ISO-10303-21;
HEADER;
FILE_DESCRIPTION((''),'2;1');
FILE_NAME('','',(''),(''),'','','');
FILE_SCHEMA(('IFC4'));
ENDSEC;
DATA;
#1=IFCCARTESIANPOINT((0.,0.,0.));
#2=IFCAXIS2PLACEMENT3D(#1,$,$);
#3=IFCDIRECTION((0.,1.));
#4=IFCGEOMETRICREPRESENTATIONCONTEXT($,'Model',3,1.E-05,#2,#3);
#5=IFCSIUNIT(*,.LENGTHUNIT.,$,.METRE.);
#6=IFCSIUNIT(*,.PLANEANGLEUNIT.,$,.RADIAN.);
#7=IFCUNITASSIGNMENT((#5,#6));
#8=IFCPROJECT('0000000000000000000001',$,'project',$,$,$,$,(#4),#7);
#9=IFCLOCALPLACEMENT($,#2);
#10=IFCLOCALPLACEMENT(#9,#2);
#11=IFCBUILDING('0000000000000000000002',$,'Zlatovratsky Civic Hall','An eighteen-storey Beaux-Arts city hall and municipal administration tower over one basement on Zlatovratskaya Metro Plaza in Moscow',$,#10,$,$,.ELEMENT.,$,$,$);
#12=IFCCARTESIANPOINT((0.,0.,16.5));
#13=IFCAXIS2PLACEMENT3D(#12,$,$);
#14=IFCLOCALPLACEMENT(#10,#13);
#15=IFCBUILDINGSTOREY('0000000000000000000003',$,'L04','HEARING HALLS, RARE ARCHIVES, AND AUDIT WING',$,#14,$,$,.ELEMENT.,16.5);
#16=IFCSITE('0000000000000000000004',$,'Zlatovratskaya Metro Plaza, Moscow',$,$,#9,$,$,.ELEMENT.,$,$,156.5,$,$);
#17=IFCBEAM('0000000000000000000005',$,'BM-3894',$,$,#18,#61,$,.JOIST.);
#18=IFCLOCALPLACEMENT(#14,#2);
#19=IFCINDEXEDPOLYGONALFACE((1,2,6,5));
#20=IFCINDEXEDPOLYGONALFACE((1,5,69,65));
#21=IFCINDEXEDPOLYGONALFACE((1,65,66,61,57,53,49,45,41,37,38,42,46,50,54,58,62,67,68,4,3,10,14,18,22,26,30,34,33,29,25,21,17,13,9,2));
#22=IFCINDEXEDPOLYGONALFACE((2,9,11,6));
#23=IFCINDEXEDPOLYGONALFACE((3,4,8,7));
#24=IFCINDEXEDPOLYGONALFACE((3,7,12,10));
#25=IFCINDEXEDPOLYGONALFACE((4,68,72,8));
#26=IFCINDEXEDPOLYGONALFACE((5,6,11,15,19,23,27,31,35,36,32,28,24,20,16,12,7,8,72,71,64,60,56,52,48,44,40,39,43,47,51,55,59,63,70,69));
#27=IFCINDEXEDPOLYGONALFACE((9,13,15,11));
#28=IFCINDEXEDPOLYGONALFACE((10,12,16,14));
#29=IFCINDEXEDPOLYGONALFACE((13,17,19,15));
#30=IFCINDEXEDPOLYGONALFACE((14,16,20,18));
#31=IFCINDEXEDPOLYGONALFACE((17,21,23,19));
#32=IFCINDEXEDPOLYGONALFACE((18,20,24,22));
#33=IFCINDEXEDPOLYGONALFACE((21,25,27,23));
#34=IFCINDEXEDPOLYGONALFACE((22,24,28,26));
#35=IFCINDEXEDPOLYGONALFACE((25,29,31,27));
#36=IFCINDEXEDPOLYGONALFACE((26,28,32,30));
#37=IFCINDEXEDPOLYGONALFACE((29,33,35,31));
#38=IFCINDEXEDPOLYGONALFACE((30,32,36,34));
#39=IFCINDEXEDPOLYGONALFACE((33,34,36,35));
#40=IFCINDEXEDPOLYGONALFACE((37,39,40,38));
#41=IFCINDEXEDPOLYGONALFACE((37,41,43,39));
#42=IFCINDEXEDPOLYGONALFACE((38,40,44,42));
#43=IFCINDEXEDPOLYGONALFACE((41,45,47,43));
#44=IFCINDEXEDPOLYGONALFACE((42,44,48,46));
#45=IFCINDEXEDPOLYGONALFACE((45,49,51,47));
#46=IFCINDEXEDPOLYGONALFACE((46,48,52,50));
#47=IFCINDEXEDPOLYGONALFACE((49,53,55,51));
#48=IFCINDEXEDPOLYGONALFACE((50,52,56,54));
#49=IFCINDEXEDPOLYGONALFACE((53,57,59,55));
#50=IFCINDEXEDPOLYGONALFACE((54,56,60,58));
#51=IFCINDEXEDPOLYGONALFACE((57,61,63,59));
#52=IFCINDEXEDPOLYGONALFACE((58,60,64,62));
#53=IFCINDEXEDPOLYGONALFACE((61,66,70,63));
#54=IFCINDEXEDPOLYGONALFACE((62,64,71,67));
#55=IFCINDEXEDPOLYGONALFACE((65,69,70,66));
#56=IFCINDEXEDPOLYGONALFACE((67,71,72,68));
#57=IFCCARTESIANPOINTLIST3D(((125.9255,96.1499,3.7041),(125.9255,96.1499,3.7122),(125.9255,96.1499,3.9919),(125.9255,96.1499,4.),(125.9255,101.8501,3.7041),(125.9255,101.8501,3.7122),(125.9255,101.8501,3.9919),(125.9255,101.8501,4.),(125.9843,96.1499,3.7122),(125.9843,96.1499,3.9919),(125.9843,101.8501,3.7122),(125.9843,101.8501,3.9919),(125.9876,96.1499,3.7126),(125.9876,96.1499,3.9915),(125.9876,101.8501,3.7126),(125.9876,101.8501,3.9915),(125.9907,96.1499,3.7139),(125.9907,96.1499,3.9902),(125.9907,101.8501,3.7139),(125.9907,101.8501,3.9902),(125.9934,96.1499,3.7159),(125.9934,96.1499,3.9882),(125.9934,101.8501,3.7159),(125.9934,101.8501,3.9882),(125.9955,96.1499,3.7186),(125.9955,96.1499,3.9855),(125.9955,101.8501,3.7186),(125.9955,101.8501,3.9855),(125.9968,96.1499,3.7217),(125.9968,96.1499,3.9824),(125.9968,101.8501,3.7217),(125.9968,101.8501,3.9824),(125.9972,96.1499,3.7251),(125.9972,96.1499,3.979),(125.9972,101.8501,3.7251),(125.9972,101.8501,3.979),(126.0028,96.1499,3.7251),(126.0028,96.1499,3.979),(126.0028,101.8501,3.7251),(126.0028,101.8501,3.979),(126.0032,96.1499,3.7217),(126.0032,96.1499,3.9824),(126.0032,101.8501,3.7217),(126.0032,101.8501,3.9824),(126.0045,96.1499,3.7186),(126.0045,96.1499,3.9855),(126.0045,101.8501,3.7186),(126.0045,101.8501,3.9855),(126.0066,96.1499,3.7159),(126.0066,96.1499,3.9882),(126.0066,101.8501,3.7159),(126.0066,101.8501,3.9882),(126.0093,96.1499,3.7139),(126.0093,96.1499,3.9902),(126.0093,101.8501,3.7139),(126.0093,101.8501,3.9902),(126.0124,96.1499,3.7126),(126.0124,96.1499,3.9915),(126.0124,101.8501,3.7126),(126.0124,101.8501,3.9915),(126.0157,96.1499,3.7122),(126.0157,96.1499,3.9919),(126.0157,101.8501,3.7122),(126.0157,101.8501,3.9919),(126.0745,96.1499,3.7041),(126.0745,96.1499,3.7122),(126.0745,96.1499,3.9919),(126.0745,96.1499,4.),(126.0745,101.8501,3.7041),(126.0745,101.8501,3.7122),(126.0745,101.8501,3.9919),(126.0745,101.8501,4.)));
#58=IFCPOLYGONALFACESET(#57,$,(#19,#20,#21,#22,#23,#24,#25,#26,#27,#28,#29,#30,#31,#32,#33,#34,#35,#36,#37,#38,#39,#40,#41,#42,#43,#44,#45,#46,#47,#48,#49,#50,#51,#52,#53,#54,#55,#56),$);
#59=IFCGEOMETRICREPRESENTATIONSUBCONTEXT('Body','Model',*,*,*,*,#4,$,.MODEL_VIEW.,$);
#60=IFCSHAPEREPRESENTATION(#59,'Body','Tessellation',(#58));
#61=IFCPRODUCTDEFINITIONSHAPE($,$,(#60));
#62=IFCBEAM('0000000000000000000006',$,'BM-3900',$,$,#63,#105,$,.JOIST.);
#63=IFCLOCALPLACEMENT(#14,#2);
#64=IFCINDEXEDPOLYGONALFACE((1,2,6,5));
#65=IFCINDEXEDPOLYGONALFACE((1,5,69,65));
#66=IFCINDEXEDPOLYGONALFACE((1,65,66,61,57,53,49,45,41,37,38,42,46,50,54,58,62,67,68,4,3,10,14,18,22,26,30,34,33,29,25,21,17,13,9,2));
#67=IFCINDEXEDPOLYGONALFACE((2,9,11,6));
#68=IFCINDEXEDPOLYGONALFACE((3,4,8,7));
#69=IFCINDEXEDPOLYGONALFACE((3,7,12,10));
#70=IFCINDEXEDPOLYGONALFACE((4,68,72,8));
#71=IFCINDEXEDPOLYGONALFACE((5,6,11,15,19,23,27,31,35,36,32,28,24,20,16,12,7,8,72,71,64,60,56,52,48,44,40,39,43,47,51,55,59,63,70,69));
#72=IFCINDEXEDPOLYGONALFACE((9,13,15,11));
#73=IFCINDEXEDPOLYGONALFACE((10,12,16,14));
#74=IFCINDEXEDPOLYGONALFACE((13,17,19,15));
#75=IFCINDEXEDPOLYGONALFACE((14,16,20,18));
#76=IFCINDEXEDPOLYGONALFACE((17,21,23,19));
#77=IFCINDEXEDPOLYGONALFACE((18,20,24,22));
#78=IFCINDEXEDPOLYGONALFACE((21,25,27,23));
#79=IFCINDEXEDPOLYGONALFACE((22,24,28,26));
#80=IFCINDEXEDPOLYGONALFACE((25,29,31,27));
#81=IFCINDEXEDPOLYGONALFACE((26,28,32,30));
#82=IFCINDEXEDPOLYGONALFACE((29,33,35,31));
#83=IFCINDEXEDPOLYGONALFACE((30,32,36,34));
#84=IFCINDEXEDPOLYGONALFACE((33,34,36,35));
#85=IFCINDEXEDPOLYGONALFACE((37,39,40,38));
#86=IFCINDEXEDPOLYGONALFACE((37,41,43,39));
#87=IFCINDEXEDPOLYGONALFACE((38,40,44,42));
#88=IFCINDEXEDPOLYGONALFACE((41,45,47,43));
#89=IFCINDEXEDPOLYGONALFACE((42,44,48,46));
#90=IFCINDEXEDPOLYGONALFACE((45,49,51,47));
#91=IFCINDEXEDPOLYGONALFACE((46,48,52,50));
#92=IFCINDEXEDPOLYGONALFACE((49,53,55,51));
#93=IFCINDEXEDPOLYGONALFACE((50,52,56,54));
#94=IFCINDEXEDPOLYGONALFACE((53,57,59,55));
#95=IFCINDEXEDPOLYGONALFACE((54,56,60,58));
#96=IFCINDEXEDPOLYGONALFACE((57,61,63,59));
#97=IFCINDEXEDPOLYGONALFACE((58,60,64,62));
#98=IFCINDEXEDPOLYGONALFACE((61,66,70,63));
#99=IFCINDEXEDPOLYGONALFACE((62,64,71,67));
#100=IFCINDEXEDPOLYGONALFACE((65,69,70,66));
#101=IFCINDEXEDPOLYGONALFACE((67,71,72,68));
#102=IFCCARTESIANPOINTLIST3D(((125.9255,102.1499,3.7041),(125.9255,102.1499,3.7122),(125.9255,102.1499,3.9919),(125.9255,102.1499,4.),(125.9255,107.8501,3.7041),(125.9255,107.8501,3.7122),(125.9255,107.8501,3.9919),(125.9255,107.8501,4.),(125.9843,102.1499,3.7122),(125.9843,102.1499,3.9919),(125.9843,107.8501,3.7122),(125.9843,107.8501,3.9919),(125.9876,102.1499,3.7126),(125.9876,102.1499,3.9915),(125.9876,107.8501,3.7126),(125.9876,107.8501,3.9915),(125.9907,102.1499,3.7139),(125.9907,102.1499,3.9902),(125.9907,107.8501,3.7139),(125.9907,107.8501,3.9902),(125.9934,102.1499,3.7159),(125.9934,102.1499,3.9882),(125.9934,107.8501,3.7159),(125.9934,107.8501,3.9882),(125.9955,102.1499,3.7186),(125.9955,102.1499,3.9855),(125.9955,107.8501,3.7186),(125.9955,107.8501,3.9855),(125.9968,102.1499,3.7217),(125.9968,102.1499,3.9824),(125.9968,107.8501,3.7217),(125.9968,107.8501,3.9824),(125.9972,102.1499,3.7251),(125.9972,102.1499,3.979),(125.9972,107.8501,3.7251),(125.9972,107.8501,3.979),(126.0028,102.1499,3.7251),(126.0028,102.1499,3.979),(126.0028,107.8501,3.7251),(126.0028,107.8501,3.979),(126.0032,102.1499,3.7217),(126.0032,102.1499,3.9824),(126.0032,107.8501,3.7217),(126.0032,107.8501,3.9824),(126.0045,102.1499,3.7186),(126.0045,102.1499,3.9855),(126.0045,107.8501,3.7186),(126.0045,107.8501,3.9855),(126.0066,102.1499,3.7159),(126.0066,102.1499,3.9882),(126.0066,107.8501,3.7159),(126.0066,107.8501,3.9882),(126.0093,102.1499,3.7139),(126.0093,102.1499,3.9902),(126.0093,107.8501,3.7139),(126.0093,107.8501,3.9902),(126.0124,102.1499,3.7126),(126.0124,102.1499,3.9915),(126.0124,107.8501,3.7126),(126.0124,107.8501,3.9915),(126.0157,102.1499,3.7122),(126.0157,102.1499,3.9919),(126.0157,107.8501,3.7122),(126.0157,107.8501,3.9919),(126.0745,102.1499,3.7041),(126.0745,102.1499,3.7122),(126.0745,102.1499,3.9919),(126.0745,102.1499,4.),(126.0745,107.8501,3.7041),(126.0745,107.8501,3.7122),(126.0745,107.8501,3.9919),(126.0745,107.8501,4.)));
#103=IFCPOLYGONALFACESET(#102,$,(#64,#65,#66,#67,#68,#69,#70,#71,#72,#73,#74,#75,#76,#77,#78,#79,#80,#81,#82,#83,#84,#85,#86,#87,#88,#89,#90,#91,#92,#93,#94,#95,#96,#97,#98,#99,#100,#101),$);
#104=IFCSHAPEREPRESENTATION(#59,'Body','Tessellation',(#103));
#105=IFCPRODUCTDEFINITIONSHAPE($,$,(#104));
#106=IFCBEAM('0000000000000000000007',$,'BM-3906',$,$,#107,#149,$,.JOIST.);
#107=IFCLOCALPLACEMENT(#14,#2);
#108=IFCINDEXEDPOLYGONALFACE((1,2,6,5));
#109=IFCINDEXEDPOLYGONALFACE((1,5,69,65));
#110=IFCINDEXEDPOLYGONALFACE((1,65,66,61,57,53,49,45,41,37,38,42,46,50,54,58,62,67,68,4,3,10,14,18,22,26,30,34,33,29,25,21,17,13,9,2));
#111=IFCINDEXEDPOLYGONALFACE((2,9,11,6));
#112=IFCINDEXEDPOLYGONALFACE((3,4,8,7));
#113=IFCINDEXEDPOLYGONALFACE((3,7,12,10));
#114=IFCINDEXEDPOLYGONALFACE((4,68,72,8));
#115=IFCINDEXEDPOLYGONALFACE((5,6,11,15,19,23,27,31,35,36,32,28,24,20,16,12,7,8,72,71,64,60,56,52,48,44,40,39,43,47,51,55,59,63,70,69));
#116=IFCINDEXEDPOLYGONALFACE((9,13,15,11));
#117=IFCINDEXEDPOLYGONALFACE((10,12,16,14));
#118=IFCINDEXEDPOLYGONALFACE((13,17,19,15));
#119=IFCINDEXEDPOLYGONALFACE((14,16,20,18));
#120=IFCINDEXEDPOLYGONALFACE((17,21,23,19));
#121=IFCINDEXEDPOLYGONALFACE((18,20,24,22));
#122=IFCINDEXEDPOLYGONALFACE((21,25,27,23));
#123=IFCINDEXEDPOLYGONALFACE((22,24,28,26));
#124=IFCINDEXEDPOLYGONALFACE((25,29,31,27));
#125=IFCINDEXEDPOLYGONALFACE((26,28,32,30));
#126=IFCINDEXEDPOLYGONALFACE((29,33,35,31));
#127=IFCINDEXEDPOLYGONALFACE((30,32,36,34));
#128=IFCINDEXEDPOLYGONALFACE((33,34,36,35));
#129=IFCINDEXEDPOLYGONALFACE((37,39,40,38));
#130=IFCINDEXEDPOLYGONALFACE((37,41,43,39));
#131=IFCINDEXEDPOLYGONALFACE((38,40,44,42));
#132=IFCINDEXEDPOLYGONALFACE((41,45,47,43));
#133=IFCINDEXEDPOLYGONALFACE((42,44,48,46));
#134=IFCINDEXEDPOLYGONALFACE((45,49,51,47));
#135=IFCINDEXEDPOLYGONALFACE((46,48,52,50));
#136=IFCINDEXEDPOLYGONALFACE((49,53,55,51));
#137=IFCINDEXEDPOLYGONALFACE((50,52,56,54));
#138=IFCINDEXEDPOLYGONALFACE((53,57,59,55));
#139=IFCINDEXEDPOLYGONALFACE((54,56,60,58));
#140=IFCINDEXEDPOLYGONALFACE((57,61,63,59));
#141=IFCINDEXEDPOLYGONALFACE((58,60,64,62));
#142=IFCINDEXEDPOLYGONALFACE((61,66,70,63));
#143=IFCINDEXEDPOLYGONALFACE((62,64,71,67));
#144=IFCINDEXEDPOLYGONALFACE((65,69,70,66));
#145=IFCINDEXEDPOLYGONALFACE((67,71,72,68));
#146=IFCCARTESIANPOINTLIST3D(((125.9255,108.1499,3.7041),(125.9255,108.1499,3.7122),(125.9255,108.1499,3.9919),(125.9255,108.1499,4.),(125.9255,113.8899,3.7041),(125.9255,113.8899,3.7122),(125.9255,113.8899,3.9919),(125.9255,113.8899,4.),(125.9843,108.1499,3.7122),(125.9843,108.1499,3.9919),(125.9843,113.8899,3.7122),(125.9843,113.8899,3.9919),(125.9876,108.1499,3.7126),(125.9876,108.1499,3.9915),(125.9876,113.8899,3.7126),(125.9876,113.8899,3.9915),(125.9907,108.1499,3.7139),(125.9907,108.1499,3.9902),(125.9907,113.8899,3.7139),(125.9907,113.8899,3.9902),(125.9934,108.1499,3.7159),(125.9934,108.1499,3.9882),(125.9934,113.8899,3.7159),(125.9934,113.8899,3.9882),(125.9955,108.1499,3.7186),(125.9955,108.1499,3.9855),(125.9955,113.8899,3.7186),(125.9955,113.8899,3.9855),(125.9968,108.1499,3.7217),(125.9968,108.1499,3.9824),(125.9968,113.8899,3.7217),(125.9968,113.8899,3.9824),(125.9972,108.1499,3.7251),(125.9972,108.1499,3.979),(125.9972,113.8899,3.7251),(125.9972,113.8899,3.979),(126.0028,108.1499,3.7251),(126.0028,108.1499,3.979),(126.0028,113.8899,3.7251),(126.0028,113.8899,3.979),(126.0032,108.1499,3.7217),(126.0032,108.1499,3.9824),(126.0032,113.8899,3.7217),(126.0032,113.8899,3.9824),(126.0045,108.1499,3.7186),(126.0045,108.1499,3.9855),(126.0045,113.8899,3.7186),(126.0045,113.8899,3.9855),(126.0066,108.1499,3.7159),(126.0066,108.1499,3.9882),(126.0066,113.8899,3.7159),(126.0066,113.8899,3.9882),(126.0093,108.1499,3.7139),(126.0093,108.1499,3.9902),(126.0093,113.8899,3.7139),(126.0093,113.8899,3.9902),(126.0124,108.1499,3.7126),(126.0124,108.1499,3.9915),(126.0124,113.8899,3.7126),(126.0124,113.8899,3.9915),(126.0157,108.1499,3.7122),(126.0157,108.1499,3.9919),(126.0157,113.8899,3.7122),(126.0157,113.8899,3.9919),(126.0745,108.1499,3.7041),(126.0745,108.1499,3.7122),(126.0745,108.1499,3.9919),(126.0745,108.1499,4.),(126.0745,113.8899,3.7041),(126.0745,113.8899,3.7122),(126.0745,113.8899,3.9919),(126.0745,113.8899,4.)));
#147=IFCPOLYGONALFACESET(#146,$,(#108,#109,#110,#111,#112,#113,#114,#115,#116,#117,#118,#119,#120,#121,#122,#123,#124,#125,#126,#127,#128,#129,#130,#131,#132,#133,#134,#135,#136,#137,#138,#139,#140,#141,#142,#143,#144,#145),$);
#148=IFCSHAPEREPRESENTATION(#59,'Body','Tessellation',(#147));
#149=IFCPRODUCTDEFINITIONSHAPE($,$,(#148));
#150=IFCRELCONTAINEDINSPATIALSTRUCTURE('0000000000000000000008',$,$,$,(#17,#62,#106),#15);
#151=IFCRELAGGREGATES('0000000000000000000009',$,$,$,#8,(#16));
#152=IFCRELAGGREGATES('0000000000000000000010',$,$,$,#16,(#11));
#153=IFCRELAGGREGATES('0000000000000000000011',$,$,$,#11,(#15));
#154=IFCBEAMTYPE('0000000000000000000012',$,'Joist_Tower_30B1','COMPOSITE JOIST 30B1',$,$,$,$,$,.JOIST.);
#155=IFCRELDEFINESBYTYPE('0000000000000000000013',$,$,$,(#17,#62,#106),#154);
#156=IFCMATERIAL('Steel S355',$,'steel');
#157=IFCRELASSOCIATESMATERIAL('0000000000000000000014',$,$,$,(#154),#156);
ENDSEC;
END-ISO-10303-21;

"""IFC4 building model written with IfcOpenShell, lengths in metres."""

from ifc_helpers import new_model, si_unit, direction, frame, origin, origin_2d, place, context, subcontext, project, spatial, i_section, extrude, material, material_profile, profile_set, type_object, element, save


model = new_model("IFC4")

# Units and contexts
model_context = context("Model", 3, precision=1e-05, world=origin(), true_north=direction((0.0, 1.0)))
body_context = subcontext(model_context, "Body", "Model", "MODEL_VIEW")
ifc_project = project(units=[si_unit("LENGTHUNIT", "METRE"), si_unit("PLANEANGLEUNIT", "RADIAN")], contexts=[model_context])

# Site, building, storey
site_placement = place(None, origin())
site = spatial("IfcSite", under=ifc_project, at=site_placement, Name="Zlatovratskaya Metro Plaza, Moscow", CompositionType="ELEMENT", RefElevation=156.5)
building_placement = place(site_placement, origin())
building = spatial("IfcBuilding", under=site, at=building_placement, Name="Zlatovratsky Civic Hall", Description="An eighteen-storey Beaux-Arts city hall and municipal administration tower over one basement on Zlatovratskaya Metro Plaza in Moscow", CompositionType="ELEMENT")
storey_placement = place(building_placement, frame((0.0, 0.0, 16.5)))
storey = spatial("IfcBuildingStorey", under=building, at=storey_placement, Name="L04", Description="HEARING HALLS, RARE ARCHIVES, AND AUDIT WING", CompositionType="ELEMENT", Elevation=16.5)

# Shared definitions
ifc_material_1 = material(Name="Steel S355", Category="steel")

# Beams
ifc_material_profile_1 = material_profile(ifc_material_1, i_section(OverallWidth=0.1489, OverallDepth=0.2959, WebThickness=0.0056, FlangeThickness=0.0081, FilletRadius=0.0129, at=origin_2d()), Name="30B1")
ifc_profile_set_1 = profile_set([ifc_material_profile_1], Name="Steel S355")
beam_type_1 = type_object("IfcBeamType", Name="Joist_Tower_30B1", Description="COMPOSITE JOIST 30B1", PredefinedType="JOIST", material=ifc_profile_set_1)
for number, where, z_axis, x_axis, name in (
    (1, (126.0, 96.1499, 3.8521), (0.0, 1.0, 0.0), (-1.0, 0.0, 0.0), "BM-3894"),
    (2, (126.0, 102.1499, 3.8521), (0.0, 1.0, 0.0), (-1.0, 0.0, 0.0), "BM-3900"),
):
    element("IfcBeam", number, at=place(storey_placement, frame(where, z_axis=z_axis, x_axis=x_axis)), inside=storey, type_object=beam_type_1, Name=name, PredefinedType="JOIST", context=body_context, shape_type="SweptSolid", body=[
        extrude(i_section(OverallWidth=0.1489, OverallDepth=0.2959, WebThickness=0.0056, FlangeThickness=0.0081, FilletRadius=0.0129, at=origin_2d()), origin(), (0.0, 0.0, 1.0), 5.7002),
    ])
beam_1_placement = place(storey_placement, frame((126.0, 108.1499, 3.8521), z_axis=(0.0, 1.0, 0.0), x_axis=(-1.0, 0.0, 0.0)))
element("IfcBeam", 3, at=beam_1_placement, inside=storey, type_object=beam_type_1, Name="BM-3906", PredefinedType="JOIST", context=body_context, shape_type="SweptSolid", body=[
    extrude(i_section(OverallWidth=0.1489, OverallDepth=0.2959, WebThickness=0.0056, FlangeThickness=0.0081, FilletRadius=0.0129, at=origin_2d()), origin(), (0.0, 0.0, 1.0), 5.74),
])

save(model, "model.ifc")
